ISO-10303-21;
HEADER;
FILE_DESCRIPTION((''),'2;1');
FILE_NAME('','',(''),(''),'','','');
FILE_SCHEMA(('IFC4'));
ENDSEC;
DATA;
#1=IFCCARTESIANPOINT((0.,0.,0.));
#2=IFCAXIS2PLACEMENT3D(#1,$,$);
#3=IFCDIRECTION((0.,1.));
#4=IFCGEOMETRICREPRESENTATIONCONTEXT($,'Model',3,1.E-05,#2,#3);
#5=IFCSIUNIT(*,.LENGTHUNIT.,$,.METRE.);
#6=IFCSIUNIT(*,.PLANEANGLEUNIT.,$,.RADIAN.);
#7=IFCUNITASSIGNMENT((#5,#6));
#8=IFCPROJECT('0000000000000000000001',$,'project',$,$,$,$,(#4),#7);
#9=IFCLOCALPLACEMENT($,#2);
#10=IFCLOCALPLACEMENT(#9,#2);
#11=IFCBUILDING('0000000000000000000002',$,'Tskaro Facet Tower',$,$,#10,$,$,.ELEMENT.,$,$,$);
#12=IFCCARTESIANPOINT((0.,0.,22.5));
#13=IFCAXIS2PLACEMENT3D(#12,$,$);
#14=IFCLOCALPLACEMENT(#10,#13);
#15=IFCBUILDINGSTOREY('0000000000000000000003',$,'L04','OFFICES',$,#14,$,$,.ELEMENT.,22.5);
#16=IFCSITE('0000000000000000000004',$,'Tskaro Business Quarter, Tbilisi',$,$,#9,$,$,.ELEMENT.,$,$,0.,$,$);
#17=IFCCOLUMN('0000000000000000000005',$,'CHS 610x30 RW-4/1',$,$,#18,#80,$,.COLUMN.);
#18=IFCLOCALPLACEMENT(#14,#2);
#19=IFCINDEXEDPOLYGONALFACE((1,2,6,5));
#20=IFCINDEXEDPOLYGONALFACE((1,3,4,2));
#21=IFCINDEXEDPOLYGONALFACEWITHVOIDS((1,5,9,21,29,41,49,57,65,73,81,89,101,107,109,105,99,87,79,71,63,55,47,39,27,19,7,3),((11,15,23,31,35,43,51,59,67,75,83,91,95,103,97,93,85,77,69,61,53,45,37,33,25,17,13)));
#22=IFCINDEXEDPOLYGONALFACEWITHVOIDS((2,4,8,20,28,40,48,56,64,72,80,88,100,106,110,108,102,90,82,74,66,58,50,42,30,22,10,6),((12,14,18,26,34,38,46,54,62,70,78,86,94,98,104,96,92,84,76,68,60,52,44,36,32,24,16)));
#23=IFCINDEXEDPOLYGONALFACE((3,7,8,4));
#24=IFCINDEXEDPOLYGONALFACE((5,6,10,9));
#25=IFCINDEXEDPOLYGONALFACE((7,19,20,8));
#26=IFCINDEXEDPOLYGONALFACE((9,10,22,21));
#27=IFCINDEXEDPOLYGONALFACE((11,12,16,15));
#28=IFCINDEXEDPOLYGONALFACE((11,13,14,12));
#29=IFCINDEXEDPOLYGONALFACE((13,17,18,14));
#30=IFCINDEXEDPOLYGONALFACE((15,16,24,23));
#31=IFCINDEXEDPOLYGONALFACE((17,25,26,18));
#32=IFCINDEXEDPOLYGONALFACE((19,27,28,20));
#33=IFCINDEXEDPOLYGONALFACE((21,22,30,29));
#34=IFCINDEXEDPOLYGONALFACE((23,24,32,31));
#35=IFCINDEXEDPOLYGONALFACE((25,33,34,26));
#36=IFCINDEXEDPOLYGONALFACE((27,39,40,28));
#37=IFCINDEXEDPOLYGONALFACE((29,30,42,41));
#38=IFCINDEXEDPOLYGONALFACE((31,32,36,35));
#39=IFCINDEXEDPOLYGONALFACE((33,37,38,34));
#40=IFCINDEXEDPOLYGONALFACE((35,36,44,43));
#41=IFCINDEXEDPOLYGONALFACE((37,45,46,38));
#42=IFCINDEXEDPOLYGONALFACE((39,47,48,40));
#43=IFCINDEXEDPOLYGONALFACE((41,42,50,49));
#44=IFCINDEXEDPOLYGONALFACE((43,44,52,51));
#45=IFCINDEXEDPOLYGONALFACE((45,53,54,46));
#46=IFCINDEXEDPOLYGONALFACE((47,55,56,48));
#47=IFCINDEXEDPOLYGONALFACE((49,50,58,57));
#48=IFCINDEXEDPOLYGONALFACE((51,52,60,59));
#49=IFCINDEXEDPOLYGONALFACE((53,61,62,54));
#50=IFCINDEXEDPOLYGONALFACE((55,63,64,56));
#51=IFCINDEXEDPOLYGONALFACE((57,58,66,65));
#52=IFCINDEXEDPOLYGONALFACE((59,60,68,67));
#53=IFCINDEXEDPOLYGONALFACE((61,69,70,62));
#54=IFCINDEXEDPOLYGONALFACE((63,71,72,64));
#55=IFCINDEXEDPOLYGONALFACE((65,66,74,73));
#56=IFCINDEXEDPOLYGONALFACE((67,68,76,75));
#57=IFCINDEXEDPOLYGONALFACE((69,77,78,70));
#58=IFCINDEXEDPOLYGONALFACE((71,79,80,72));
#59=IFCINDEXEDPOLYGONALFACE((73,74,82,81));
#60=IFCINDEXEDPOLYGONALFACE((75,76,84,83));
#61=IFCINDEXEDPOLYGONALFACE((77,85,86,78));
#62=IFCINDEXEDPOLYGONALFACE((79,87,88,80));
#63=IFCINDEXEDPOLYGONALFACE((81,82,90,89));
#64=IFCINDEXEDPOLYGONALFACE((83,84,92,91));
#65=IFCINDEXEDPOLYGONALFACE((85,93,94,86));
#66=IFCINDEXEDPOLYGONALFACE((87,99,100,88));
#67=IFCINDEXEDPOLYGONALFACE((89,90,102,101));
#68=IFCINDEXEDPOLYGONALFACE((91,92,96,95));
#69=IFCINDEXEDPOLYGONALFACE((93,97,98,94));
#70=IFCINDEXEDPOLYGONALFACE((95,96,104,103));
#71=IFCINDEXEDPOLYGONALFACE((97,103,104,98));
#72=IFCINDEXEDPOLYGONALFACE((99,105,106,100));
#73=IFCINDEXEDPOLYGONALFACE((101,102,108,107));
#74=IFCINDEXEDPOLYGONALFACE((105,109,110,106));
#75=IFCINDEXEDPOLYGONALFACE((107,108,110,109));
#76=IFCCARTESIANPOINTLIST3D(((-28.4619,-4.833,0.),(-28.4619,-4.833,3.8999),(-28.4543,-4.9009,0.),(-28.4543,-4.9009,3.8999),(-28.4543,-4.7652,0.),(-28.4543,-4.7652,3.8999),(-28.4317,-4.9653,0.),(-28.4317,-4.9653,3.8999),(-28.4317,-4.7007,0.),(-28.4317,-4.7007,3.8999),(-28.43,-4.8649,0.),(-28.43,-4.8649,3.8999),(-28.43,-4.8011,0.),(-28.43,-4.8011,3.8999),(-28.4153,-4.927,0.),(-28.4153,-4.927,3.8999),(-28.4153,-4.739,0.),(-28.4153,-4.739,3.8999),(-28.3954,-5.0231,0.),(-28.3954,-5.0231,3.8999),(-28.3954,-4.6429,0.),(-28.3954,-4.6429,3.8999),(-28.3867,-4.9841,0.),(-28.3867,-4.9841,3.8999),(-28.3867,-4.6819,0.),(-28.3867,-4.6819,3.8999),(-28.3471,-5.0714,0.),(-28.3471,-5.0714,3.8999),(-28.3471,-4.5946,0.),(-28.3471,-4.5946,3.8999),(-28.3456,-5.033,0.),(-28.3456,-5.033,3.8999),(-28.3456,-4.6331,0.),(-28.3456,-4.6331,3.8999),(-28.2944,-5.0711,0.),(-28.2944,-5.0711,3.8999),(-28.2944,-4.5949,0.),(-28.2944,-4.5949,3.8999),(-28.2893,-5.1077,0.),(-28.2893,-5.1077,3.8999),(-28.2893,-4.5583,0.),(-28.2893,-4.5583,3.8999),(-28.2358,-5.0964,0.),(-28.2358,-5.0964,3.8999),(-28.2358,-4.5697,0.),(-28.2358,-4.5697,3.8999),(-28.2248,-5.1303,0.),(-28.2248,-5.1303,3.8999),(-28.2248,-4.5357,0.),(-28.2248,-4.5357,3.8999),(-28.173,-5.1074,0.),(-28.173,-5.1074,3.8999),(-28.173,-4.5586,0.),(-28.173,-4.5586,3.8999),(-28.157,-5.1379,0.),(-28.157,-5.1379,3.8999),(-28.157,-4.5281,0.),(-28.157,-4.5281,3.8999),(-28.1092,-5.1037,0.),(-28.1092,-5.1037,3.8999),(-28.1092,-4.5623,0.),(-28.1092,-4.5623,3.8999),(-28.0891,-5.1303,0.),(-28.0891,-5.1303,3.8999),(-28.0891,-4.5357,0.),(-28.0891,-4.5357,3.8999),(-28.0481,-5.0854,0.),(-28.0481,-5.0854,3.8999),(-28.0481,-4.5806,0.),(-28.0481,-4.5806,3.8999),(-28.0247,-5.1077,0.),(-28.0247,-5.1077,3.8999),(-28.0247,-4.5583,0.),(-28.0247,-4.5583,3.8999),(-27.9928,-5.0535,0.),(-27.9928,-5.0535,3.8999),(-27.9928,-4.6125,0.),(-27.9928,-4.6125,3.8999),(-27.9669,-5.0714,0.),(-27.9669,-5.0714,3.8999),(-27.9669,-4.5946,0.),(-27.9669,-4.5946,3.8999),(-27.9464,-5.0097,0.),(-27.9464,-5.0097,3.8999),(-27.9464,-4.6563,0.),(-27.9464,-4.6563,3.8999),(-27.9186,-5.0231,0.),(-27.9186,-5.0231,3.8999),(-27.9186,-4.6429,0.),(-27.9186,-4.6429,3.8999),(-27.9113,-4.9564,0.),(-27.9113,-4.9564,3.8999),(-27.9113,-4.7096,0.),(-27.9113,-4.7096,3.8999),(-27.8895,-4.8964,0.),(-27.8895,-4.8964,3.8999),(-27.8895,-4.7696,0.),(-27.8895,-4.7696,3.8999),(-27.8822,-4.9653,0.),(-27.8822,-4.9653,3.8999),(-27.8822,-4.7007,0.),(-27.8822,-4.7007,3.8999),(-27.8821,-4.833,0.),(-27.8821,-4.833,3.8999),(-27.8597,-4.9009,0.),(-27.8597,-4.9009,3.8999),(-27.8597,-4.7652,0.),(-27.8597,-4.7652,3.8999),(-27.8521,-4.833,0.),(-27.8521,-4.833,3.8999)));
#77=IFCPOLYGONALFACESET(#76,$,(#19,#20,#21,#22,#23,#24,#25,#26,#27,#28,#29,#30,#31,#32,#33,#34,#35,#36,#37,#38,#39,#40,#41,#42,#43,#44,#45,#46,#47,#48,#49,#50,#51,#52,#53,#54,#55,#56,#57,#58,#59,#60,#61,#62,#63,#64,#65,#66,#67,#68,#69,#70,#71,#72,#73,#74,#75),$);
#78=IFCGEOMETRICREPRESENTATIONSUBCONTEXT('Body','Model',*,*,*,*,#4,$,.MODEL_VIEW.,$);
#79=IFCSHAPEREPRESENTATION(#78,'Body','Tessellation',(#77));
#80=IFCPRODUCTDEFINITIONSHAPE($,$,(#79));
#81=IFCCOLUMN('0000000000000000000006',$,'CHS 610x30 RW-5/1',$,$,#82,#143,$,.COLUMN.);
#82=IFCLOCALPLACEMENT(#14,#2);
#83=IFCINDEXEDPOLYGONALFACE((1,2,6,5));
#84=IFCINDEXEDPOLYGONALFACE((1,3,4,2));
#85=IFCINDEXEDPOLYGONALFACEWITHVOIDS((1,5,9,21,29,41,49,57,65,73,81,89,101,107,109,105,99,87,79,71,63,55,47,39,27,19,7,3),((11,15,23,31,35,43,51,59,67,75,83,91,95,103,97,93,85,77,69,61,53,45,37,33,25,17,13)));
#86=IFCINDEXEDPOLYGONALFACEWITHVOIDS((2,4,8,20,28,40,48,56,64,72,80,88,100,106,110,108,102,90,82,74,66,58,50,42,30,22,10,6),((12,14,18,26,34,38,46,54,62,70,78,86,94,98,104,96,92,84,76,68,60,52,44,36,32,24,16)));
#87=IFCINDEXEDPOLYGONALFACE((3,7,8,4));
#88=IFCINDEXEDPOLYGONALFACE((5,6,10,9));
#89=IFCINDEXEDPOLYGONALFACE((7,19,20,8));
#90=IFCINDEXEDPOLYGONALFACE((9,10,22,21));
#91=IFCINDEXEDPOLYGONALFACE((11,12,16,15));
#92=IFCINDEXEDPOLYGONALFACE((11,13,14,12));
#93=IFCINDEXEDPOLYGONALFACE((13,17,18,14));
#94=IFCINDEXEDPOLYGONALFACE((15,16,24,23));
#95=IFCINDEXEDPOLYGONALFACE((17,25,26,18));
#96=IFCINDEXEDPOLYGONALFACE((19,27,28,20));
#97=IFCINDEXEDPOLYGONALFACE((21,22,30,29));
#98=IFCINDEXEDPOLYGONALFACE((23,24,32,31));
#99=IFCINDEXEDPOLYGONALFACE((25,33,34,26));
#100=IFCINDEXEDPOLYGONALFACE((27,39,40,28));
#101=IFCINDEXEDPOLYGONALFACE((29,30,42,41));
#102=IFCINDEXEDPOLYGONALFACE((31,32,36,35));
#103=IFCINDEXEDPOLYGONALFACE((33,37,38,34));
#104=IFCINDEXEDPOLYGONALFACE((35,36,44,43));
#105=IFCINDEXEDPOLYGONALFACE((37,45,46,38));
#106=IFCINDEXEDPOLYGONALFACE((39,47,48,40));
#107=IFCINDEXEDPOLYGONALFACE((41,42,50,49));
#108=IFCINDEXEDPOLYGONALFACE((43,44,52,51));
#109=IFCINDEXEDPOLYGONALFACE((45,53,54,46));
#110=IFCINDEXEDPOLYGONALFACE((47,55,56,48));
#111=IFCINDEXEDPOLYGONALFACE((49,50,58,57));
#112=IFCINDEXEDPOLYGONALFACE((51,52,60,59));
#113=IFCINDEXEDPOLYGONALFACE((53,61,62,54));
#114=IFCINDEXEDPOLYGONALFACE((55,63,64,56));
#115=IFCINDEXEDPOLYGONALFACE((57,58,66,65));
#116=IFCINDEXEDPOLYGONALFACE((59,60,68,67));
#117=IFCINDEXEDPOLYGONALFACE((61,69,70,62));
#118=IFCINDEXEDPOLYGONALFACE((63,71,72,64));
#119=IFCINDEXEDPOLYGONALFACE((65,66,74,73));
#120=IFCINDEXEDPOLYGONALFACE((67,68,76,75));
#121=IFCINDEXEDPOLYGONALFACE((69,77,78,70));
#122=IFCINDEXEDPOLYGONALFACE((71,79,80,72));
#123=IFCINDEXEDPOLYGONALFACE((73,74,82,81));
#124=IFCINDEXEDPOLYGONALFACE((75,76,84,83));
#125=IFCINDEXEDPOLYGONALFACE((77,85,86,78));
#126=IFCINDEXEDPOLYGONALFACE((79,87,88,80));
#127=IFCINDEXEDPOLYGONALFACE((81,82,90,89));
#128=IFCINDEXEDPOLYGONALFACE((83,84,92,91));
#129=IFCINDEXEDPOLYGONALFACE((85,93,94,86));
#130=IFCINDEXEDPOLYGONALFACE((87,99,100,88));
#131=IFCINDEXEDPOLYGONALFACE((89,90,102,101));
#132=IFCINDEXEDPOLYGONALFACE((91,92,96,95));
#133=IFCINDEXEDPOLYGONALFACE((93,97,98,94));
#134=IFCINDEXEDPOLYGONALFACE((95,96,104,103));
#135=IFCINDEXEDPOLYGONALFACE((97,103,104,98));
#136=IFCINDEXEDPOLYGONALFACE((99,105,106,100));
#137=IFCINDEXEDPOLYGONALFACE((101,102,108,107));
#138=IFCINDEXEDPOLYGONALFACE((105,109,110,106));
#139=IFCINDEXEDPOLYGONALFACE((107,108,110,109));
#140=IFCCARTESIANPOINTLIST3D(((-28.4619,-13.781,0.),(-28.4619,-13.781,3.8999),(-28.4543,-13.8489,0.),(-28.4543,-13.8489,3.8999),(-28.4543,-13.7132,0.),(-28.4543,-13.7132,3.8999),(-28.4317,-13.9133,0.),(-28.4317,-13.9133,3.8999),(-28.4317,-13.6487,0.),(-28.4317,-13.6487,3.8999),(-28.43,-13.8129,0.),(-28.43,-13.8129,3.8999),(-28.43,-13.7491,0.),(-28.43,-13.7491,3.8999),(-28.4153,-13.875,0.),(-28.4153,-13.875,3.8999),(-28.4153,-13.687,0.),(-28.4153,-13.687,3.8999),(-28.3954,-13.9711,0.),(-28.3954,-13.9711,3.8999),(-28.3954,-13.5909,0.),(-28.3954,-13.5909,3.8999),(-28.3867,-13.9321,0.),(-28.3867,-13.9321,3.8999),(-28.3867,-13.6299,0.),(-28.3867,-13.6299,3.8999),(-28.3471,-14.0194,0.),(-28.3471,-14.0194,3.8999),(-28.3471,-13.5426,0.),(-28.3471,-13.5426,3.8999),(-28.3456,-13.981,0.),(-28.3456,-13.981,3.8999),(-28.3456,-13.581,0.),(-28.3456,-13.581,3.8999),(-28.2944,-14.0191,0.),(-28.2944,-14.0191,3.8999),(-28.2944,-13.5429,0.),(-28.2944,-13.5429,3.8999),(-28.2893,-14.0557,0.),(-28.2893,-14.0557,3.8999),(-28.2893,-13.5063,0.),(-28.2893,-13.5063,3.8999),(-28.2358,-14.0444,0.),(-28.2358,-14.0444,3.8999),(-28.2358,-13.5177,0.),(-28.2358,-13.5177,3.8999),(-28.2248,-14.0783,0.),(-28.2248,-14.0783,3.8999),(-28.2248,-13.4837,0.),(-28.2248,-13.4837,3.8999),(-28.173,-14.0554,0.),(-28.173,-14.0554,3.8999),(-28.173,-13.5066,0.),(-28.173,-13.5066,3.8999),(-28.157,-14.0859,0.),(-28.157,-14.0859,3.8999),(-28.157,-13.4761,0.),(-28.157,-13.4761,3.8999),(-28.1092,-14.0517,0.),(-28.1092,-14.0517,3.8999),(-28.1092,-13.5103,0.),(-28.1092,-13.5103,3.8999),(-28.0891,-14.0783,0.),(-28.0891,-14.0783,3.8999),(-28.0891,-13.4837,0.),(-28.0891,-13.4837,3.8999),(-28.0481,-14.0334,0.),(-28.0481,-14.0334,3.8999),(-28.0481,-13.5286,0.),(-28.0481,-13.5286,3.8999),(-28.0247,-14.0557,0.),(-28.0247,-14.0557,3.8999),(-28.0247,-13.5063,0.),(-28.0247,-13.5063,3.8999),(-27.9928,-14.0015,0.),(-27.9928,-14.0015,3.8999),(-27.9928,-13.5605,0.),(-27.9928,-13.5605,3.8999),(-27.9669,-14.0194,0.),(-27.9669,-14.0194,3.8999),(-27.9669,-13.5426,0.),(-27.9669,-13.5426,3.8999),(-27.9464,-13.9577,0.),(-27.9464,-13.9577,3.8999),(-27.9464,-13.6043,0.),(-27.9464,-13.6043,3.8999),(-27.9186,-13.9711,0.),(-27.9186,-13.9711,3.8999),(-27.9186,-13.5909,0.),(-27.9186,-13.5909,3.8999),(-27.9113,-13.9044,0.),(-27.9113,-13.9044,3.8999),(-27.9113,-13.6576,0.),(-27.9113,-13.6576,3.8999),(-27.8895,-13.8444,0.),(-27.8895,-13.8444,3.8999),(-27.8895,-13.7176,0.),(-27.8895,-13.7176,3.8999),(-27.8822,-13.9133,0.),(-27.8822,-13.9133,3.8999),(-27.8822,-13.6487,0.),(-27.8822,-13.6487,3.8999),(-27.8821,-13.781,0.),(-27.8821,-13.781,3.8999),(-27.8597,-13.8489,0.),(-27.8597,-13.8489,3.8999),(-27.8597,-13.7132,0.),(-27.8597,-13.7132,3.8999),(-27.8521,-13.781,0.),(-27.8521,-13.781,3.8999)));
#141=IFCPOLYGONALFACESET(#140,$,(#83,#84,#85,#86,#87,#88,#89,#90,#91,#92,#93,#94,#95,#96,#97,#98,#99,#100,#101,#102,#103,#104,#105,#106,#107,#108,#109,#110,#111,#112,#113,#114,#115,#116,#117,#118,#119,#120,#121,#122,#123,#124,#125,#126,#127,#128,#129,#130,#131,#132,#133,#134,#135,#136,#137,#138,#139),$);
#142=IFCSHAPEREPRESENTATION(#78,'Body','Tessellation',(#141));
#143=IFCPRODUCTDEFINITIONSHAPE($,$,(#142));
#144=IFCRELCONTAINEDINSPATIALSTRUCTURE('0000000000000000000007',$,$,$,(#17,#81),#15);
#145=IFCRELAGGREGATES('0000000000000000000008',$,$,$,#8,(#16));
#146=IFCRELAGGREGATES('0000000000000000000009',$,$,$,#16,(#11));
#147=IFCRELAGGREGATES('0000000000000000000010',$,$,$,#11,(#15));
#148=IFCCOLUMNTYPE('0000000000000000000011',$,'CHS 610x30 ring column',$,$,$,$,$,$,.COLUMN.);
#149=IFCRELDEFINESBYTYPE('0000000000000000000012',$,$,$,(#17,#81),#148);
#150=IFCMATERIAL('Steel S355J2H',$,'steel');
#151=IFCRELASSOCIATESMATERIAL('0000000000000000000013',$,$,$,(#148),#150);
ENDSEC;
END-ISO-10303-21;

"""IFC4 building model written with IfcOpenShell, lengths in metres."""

from ifc_helpers import new_model, si_unit, direction, frame, origin, origin_2d, place, context, subcontext, project, spatial, hollow_circle, extrude, material, material_profile, profile_set, type_object, element, save


model = new_model("IFC4")

# Units and contexts
model_context = context("Model", 3, precision=1e-05, world=origin(), true_north=direction((0.0, 1.0)))
body_context = subcontext(model_context, "Body", "Model", "MODEL_VIEW")
ifc_project = project(units=[si_unit("LENGTHUNIT", "METRE"), si_unit("PLANEANGLEUNIT", "RADIAN")], contexts=[model_context])

# Site, building, storey
site_placement = place(None, origin())
site = spatial("IfcSite", under=ifc_project, at=site_placement, Name="Tskaro Business Quarter, Tbilisi", CompositionType="ELEMENT", RefElevation=0.0)
building_placement = place(site_placement, origin())
building = spatial("IfcBuilding", under=site, at=building_placement, Name="Tskaro Facet Tower", CompositionType="ELEMENT")
storey_placement = place(building_placement, frame((0.0, 0.0, 22.5)))
storey = spatial("IfcBuildingStorey", under=building, at=storey_placement, Name="L04", Description="OFFICES", CompositionType="ELEMENT", Elevation=22.5)

# Columns
ifc_material_1 = material(Name="Steel S355J2H", Category="steel")
ifc_material_profile_1 = material_profile(ifc_material_1, hollow_circle(Radius=0.3049, WallThickness=0.03, at=origin_2d()), Name="CHS 610x30")
ifc_profile_set_1 = profile_set([ifc_material_profile_1], Name="Steel S355J2H")
column_type_1 = type_object("IfcColumnType", Name="CHS 610x30 ring column", PredefinedType="COLUMN", material=ifc_profile_set_1)
for number, where, z_axis, x_axis, name in (
    (1, (-28.157, -4.833, 0.0), (0.0, 0.0, 1.0), (1.0, 0.0, 0.0), "CHS 610x30 RW-4/1"),
    (2, (-28.157, -13.781, 0.0), (0.0, 0.0, 1.0), (1.0, 0.0, 0.0), "CHS 610x30 RW-5/1"),
):
    element("IfcColumn", number, at=place(storey_placement, frame(where, z_axis=z_axis, x_axis=x_axis)), inside=storey, type_object=column_type_1, Name=name, PredefinedType="COLUMN", context=body_context, shape_type="SweptSolid", body=[
        extrude(hollow_circle(Radius=0.3049, WallThickness=0.03, at=origin_2d()), origin(), (0.0, 0.0, 1.0), 3.8999),
    ])

save(model, "model.ifc")
